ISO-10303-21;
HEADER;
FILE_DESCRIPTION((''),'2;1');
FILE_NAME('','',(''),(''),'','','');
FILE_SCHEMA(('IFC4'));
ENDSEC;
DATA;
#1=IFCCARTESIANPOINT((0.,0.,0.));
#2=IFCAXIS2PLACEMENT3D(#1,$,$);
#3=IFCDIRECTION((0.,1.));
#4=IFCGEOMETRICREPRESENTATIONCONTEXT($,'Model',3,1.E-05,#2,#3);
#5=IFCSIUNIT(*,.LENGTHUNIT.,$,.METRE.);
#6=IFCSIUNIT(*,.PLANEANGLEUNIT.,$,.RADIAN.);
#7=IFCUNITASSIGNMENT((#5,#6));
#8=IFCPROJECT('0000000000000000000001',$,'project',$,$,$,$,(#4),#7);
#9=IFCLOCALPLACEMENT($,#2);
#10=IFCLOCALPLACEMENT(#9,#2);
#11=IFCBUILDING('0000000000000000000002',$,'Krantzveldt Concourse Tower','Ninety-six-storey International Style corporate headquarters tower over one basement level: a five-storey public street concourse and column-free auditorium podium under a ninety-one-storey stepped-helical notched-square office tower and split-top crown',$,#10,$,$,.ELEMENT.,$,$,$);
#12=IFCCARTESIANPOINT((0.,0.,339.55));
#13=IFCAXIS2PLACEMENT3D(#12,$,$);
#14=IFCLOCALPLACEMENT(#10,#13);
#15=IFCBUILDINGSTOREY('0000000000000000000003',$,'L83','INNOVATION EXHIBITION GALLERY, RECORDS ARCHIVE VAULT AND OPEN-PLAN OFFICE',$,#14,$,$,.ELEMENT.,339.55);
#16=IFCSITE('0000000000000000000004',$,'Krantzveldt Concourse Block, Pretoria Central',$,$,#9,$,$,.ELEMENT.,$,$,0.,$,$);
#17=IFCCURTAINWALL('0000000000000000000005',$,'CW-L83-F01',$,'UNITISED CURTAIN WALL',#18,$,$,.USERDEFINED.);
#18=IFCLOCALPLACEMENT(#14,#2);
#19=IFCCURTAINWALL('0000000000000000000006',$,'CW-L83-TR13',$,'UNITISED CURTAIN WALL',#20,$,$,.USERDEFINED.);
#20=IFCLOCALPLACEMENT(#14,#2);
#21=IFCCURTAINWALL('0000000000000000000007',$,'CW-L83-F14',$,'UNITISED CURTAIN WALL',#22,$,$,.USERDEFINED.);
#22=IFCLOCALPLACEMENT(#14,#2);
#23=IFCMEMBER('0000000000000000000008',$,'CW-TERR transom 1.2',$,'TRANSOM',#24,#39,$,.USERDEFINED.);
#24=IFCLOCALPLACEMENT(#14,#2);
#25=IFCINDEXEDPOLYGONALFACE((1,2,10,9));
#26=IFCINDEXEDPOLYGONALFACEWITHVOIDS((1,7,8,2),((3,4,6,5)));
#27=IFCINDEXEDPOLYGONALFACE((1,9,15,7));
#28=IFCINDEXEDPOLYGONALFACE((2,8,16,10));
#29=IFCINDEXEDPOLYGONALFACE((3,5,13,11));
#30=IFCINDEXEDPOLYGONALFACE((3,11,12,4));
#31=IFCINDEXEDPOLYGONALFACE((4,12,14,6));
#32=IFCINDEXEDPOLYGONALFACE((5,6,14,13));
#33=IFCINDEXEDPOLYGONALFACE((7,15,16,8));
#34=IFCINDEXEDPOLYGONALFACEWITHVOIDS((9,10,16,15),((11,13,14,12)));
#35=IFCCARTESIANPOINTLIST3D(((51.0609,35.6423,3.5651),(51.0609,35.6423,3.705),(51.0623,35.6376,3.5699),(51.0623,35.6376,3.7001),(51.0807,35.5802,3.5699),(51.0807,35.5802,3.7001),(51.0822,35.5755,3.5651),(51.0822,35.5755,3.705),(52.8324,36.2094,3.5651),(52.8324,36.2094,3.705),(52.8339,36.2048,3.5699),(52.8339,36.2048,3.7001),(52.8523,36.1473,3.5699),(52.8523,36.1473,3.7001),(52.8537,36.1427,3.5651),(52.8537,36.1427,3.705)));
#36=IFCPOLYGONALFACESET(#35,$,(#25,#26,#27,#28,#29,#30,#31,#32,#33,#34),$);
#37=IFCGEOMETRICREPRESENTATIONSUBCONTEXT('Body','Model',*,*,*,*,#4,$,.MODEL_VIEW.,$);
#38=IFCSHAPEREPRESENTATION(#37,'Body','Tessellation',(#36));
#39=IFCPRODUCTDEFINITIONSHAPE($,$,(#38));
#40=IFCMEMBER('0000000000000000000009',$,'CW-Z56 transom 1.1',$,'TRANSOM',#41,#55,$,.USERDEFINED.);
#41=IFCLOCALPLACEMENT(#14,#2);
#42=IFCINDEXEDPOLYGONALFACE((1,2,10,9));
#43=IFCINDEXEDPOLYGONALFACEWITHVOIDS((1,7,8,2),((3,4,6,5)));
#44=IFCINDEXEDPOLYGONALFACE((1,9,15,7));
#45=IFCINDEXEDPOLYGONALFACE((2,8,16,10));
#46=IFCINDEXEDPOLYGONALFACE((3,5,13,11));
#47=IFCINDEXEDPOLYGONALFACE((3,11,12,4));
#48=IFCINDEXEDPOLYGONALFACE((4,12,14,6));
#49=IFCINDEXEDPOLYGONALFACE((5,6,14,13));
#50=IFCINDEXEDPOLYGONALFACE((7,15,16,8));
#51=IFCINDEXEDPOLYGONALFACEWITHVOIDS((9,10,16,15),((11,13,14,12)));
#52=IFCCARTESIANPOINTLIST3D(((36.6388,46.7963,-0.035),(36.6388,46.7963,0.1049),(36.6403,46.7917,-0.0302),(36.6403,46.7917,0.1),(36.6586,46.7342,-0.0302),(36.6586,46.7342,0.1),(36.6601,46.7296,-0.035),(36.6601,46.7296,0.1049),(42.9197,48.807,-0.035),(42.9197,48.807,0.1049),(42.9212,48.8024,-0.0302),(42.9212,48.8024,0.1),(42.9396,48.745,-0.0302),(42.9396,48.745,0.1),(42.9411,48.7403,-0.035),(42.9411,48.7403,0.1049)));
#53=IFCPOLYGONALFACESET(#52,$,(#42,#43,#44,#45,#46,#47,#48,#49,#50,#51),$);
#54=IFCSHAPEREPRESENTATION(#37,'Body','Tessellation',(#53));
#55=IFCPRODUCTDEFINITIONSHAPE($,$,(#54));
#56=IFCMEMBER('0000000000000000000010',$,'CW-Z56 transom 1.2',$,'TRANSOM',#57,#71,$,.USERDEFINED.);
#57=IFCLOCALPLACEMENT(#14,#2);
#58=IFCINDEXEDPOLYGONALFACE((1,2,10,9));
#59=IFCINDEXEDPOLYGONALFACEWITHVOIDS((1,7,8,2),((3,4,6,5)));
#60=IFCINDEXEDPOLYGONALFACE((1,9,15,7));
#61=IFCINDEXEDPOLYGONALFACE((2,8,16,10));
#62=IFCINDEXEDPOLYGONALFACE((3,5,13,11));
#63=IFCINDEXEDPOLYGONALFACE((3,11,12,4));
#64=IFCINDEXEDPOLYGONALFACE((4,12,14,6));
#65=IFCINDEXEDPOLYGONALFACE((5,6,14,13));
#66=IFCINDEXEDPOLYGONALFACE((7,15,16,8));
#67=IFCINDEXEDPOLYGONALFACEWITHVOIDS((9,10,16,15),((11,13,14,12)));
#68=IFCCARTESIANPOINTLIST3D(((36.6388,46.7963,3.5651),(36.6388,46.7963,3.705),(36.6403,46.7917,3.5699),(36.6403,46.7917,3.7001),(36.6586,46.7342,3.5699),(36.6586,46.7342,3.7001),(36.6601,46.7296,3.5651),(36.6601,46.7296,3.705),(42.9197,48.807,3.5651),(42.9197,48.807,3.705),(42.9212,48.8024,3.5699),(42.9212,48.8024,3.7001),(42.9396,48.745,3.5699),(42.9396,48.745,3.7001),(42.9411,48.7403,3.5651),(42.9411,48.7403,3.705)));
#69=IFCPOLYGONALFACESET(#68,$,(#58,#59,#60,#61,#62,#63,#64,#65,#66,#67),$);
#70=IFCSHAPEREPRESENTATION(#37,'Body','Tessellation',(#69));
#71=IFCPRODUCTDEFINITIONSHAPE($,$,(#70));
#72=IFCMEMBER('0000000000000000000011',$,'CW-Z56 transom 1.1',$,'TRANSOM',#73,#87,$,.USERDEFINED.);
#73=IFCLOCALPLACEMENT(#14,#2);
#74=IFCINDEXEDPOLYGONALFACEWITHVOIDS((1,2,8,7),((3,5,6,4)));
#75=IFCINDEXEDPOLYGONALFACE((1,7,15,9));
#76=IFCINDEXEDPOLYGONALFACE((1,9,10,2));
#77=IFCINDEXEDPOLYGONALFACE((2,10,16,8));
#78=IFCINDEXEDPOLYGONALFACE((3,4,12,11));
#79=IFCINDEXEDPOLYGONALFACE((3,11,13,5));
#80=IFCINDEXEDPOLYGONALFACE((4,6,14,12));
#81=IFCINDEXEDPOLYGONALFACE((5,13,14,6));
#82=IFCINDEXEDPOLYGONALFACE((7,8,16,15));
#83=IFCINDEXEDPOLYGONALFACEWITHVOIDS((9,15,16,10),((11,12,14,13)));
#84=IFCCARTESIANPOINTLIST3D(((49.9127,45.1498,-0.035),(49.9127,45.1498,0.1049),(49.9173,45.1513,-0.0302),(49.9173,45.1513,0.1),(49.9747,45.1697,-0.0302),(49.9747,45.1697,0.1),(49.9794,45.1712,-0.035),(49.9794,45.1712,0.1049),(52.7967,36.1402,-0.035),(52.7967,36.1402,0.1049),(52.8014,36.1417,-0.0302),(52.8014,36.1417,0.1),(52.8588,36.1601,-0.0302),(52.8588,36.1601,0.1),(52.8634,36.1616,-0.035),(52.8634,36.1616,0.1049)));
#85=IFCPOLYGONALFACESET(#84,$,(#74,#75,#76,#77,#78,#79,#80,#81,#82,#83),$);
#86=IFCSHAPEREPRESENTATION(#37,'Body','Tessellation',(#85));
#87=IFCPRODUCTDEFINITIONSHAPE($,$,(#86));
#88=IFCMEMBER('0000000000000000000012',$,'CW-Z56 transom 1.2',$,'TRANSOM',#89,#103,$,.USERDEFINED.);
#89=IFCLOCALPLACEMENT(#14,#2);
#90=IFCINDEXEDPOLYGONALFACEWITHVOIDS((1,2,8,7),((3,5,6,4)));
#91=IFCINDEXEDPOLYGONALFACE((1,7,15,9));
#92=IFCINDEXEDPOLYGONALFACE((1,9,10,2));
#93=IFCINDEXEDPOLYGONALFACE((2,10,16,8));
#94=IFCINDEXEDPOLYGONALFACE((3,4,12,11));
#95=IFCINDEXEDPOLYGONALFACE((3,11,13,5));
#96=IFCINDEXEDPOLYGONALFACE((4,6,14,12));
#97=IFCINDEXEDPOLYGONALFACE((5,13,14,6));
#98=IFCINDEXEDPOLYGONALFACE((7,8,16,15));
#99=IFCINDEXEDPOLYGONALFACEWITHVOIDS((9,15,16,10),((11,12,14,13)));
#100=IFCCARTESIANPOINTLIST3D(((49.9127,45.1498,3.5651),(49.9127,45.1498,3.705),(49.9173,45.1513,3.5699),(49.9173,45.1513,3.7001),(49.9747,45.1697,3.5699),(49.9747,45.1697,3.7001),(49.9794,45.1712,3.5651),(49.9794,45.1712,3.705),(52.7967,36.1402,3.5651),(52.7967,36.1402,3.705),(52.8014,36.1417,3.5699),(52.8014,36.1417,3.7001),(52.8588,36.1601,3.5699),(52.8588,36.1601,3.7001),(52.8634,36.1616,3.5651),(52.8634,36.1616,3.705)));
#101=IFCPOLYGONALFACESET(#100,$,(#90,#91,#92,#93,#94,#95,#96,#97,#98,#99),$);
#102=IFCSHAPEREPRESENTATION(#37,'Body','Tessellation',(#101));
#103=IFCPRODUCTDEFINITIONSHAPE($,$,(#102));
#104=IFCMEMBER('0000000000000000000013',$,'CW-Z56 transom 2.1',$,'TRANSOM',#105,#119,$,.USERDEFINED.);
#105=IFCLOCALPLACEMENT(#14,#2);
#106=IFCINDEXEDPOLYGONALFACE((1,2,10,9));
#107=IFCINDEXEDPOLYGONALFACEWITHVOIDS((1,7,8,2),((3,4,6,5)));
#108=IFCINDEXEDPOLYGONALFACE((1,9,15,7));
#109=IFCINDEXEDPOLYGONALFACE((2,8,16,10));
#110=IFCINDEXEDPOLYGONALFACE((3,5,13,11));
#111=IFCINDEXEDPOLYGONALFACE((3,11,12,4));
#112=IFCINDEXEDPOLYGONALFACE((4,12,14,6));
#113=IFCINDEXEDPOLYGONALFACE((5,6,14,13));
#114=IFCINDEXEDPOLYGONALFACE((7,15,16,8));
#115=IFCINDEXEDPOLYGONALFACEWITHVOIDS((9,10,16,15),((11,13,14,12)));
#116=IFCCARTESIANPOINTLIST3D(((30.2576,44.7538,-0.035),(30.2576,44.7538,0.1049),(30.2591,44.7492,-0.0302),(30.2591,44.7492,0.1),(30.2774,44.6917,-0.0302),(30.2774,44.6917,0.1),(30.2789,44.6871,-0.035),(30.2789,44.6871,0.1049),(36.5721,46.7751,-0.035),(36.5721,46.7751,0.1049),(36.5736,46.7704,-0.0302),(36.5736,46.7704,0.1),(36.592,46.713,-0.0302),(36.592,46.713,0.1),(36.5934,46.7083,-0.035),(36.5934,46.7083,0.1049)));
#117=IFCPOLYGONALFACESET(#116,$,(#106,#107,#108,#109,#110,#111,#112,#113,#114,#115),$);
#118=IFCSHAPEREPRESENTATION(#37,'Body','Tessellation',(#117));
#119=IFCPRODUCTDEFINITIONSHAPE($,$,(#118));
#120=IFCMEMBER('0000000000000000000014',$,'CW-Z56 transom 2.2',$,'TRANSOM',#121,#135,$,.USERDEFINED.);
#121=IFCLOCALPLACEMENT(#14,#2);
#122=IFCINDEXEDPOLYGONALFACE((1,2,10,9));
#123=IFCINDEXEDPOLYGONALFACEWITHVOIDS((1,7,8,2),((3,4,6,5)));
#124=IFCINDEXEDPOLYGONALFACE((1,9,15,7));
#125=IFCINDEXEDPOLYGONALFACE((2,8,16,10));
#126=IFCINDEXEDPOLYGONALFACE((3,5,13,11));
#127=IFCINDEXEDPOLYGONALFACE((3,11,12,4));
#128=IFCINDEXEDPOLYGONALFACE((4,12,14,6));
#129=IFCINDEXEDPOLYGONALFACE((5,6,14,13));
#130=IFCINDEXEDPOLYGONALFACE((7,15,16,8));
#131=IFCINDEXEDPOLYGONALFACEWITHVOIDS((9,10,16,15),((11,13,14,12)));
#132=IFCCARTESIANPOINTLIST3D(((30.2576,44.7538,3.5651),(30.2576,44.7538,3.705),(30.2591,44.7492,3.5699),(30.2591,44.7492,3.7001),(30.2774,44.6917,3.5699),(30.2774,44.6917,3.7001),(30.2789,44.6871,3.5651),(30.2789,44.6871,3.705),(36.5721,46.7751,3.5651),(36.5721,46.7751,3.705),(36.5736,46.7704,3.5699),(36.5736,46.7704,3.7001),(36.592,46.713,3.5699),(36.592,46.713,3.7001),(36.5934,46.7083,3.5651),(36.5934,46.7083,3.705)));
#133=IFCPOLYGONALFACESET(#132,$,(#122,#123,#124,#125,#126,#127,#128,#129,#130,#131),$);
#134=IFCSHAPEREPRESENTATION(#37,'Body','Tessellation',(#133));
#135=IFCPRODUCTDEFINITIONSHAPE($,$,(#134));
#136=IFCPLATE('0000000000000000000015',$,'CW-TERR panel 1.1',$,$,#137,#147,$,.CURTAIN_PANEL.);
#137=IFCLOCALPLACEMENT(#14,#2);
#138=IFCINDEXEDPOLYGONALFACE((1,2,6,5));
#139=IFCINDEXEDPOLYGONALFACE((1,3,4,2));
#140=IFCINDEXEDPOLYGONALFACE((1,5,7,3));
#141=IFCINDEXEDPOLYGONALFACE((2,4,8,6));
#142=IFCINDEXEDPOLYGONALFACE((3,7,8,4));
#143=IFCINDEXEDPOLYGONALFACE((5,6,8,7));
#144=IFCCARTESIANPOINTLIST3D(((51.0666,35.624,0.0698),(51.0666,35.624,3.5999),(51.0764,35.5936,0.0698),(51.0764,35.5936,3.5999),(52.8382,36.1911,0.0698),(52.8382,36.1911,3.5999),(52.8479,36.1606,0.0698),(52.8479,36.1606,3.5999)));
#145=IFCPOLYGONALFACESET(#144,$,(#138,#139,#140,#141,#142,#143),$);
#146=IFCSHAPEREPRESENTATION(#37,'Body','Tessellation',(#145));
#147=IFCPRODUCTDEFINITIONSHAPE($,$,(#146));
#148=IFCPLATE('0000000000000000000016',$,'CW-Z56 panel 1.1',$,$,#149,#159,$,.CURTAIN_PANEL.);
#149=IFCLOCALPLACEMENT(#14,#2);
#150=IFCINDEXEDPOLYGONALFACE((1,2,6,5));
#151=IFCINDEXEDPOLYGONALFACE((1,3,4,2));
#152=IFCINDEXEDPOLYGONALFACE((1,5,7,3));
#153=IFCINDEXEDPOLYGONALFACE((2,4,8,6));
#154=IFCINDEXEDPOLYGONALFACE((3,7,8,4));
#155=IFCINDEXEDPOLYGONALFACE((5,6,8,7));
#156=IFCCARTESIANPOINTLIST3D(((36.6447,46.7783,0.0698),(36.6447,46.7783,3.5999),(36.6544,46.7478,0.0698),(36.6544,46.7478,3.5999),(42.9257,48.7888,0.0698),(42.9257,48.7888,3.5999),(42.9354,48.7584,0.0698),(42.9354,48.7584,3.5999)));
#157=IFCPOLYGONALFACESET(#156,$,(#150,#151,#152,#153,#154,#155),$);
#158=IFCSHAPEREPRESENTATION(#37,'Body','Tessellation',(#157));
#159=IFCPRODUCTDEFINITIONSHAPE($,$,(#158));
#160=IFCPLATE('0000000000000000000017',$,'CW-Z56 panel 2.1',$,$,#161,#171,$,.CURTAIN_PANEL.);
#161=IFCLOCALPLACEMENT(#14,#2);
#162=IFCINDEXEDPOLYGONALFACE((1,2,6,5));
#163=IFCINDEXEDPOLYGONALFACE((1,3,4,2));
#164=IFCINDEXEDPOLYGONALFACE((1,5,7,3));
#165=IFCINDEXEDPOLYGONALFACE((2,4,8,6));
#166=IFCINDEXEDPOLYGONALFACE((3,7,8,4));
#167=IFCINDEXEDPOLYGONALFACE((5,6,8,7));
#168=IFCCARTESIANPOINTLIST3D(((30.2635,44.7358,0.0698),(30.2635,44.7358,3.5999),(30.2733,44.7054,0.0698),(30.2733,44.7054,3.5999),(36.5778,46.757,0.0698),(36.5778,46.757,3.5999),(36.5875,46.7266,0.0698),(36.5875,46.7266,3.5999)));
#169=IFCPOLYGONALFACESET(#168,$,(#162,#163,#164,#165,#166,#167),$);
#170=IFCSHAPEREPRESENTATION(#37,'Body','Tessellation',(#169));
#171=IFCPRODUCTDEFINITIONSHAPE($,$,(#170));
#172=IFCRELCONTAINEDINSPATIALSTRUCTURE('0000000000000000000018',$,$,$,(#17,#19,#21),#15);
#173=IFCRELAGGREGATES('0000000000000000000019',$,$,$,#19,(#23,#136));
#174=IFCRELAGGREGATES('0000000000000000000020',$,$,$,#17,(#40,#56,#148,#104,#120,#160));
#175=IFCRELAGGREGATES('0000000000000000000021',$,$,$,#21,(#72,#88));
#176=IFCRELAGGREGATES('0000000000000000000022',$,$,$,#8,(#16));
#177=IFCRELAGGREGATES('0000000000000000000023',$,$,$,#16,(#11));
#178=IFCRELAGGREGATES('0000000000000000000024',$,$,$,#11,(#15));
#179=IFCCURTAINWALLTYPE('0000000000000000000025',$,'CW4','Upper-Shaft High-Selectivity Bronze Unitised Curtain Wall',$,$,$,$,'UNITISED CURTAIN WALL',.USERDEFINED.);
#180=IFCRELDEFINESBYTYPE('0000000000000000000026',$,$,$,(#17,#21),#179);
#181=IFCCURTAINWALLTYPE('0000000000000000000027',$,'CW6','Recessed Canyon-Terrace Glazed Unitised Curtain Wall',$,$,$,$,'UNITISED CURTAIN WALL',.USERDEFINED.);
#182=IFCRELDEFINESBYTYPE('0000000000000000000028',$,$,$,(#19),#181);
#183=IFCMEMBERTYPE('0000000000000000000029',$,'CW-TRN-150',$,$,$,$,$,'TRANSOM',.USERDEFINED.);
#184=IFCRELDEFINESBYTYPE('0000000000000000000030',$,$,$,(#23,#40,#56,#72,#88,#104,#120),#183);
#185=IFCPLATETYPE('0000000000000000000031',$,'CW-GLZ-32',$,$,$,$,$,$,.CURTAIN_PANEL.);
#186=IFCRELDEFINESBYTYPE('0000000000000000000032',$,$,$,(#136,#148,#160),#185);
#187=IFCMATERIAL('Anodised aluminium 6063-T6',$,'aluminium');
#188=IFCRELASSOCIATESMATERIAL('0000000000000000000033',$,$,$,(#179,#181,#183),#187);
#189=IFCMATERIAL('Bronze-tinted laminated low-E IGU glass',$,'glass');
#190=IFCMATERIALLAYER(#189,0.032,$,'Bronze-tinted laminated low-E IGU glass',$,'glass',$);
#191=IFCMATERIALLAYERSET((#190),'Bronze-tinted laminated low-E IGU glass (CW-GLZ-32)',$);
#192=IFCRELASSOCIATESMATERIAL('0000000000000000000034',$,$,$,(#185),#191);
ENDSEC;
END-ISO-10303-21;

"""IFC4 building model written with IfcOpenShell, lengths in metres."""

from ifc_helpers import new_model, si_unit, direction, frame, origin, origin_2d, place, context, subcontext, project, spatial, rectangle, hollow_rectangle, extrude, source, transform, mapped, material, layer, layer_set, material_profile, profile_set, type_object, type_shapes, element, aggregate, save


model = new_model("IFC4")

# Units and contexts
model_context = context("Model", 3, precision=1e-05, world=origin(), true_north=direction((0.0, 1.0)))
body_context = subcontext(model_context, "Body", "Model", "MODEL_VIEW")
ifc_project = project(units=[si_unit("LENGTHUNIT", "METRE"), si_unit("PLANEANGLEUNIT", "RADIAN")], contexts=[model_context])

# Site, building, storey
site_placement = place(None, origin())
site = spatial("IfcSite", under=ifc_project, at=site_placement, Name="Krantzveldt Concourse Block, Pretoria Central", CompositionType="ELEMENT", RefElevation=0.0)
building_placement = place(site_placement, origin())
building = spatial("IfcBuilding", under=site, at=building_placement, Name="Krantzveldt Concourse Tower", Description="Ninety-six-storey International Style corporate headquarters tower over one basement level: a five-storey public street concourse and column-free auditorium podium under a ninety-one-storey stepped-helical notched-square office tower and split-top crown", CompositionType="ELEMENT")
storey_placement = place(building_placement, frame((0.0, 0.0, 339.55)))
storey = spatial("IfcBuildingStorey", under=building, at=storey_placement, Name="L83", Description="INNOVATION EXHIBITION GALLERY, RECORDS ARCHIVE VAULT AND OPEN-PLAN OFFICE", CompositionType="ELEMENT", Elevation=339.55)

# Curtain wall
ifc_material_1 = material(Name="Anodised aluminium 6063-T6", Category="aluminium")
curtain_wall_type_1 = type_object("IfcCurtainWallType", Name="CW4", Description="Upper-Shaft High-Selectivity Bronze Unitised Curtain Wall", ElementType="UNITISED CURTAIN WALL", PredefinedType="USERDEFINED", material=ifc_material_1)
curtain_wall_1_placement = place(storey_placement, origin())
curtain_wall_1 = element("IfcCurtainWall", 1, at=curtain_wall_1_placement, inside=storey, type_object=curtain_wall_type_1, Name="CW-L83-F01", ObjectType="UNITISED CURTAIN WALL", PredefinedType="USERDEFINED")

# Curtain wall
curtain_wall_type_2 = type_object("IfcCurtainWallType", Name="CW6", Description="Recessed Canyon-Terrace Glazed Unitised Curtain Wall", ElementType="UNITISED CURTAIN WALL", PredefinedType="USERDEFINED", material=ifc_material_1)
curtain_wall_2_placement = place(storey_placement, origin())
curtain_wall_2 = element("IfcCurtainWall", 2, at=curtain_wall_2_placement, inside=storey, type_object=curtain_wall_type_2, Name="CW-L83-TR13", ObjectType="UNITISED CURTAIN WALL", PredefinedType="USERDEFINED")

# Curtain wall
curtain_wall_3_placement = place(storey_placement, origin())
curtain_wall_3 = element("IfcCurtainWall", 3, at=curtain_wall_3_placement, inside=storey, type_object=curtain_wall_type_1, Name="CW-L83-F14", ObjectType="UNITISED CURTAIN WALL", PredefinedType="USERDEFINED")

# Members
ifc_material_profile_1 = material_profile(ifc_material_1, hollow_rectangle(XDim=0.0701, YDim=0.1399, WallThickness=0.0049, at=origin_2d()), Name="Anodised aluminium 6063-T6", Category="aluminium")
ifc_profile_set_1 = profile_set([ifc_material_profile_1], Name="Anodised aluminium 6063-T6 - ALU-TRAN 140x70x5")
member_type_1 = type_object("IfcMemberType", Name="CW-TRN-150", ElementType="TRANSOM", PredefinedType="USERDEFINED", material=ifc_profile_set_1)
shared_shape_1 = source(origin(), body_context, "Body", "SweptSolid", [
    extrude(hollow_rectangle(XDim=0.0701, YDim=0.1399, WallThickness=0.0049, at=origin_2d()), origin(), (0.0, 0.0, 1.0), 1.8601),
])
member_1_placement = place(storey_placement, frame((51.0715, 35.6089, 3.635), z_axis=(0.952383, 0.304904, 0.0), x_axis=(-0.304904, 0.952383, 0.0)))
member_1 = element("IfcMember", 4, at=member_1_placement, type_object=member_type_1, Name="CW-TERR transom 1.2", ObjectType="TRANSOM", PredefinedType="USERDEFINED", context=body_context, shape_type="MappedRepresentation", body=[
    mapped(shared_shape_1, transform((0.0, 0.0, 0.0), x_axis=(1.0, 0.0, 0.0), y_axis=(0.0, 1.0, 0.0), z_axis=(0.0, 0.0, 1.0), scale=1.0)),
])
shared_shape_2 = source(origin(), body_context, "Body", "SweptSolid", [
    extrude(hollow_rectangle(XDim=0.0701, YDim=0.1399, WallThickness=0.0049, at=origin_2d()), origin(), (0.0, 0.0, 1.0), 6.595),
])
member_2_placement = place(storey_placement, frame((42.9304, 48.7737, 0.0349), z_axis=(-0.952388, -0.304889, 0.0), x_axis=(0.304889, -0.952388, 0.0)))
member_2 = element("IfcMember", 5, at=member_2_placement, type_object=member_type_1, Name="CW-Z56 transom 1.1", ObjectType="TRANSOM", PredefinedType="USERDEFINED", context=body_context, shape_type="MappedRepresentation", body=[
    mapped(shared_shape_2, transform((0.0, 0.0, 0.0), x_axis=(1.0, 0.0, 0.0), y_axis=(0.0, 1.0, 0.0), z_axis=(0.0, 0.0, 1.0), scale=1.0)),
])
member_3_placement = place(storey_placement, frame((42.9304, 48.7737, 3.635), z_axis=(-0.952388, -0.304889, 0.0), x_axis=(0.304889, -0.952388, 0.0)))
member_3 = element("IfcMember", 6, at=member_3_placement, type_object=member_type_1, Name="CW-Z56 transom 1.2", ObjectType="TRANSOM", PredefinedType="USERDEFINED", context=body_context, shape_type="MappedRepresentation", body=[
    mapped(shared_shape_2, transform((0.0, 0.0, 0.0), x_axis=(1.0, 0.0, 0.0), y_axis=(0.0, 1.0, 0.0), z_axis=(0.0, 0.0, 1.0), scale=1.0)),
])
shared_shape_3 = source(origin(), body_context, "Body", "SweptSolid", [
    extrude(hollow_rectangle(XDim=0.0701, YDim=0.1399, WallThickness=0.0049, at=origin_2d()), origin(), (0.0, 0.0, 1.0), 9.46),
])
member_4_placement = place(storey_placement, frame((52.8301, 36.1509, 0.0349), z_axis=(-0.30487, 0.952394, 0.0), x_axis=(-0.952394, -0.30487, 0.0)))
member_4 = element("IfcMember", 7, at=member_4_placement, type_object=member_type_1, Name="CW-Z56 transom 1.1", ObjectType="TRANSOM", PredefinedType="USERDEFINED", context=body_context, shape_type="MappedRepresentation", body=[
    mapped(shared_shape_3, transform((0.0, 0.0, 0.0), x_axis=(1.0, 0.0, 0.0), y_axis=(0.0, 1.0, 0.0), z_axis=(0.0, 0.0, 1.0), scale=1.0)),
])
member_5_placement = place(storey_placement, frame((52.8301, 36.1509, 3.635), z_axis=(-0.30487, 0.952394, 0.0), x_axis=(-0.952394, -0.30487, 0.0)))
member_5 = element("IfcMember", 8, at=member_5_placement, type_object=member_type_1, Name="CW-Z56 transom 1.2", ObjectType="TRANSOM", PredefinedType="USERDEFINED", context=body_context, shape_type="MappedRepresentation", body=[
    mapped(shared_shape_3, transform((0.0, 0.0, 0.0), x_axis=(1.0, 0.0, 0.0), y_axis=(0.0, 1.0, 0.0), z_axis=(0.0, 0.0, 1.0), scale=1.0)),
])
shared_shape_4 = source(origin(), body_context, "Body", "SweptSolid", [
    extrude(hollow_rectangle(XDim=0.0701, YDim=0.1399, WallThickness=0.0049, at=origin_2d()), origin(), (0.0, 0.0, 1.0), 6.6301),
])
type_shapes(member_type_1, [shared_shape_1, shared_shape_2, shared_shape_3, shared_shape_4])
member_6_placement = place(storey_placement, frame((36.5828, 46.7417, 0.0349), z_axis=(-0.952397, -0.30486, 0.0), x_axis=(0.30486, -0.952397, 0.0)))
member_6 = element("IfcMember", 9, at=member_6_placement, type_object=member_type_1, Name="CW-Z56 transom 2.1", ObjectType="TRANSOM", PredefinedType="USERDEFINED", context=body_context, shape_type="MappedRepresentation", body=[
    mapped(shared_shape_4, transform((0.0, 0.0, 0.0), x_axis=(1.0, 0.0, 0.0), y_axis=(0.0, 1.0, 0.0), z_axis=(0.0, 0.0, 1.0), scale=1.0)),
])
member_7_placement = place(storey_placement, frame((36.5828, 46.7417, 3.635), z_axis=(-0.952397, -0.30486, 0.0), x_axis=(0.30486, -0.952397, 0.0)))
member_7 = element("IfcMember", 10, at=member_7_placement, type_object=member_type_1, Name="CW-Z56 transom 2.2", ObjectType="TRANSOM", PredefinedType="USERDEFINED", context=body_context, shape_type="MappedRepresentation", body=[
    mapped(shared_shape_4, transform((0.0, 0.0, 0.0), x_axis=(1.0, 0.0, 0.0), y_axis=(0.0, 1.0, 0.0), z_axis=(0.0, 0.0, 1.0), scale=1.0)),
])

# Plates
ifc_material_2 = material(Name="Bronze-tinted laminated low-E IGU glass", Category="glass")
ifc_layer_1 = layer(ifc_material_2, 0.032, Name="Bronze-tinted laminated low-E IGU glass", Category="glass")
ifc_layer_set_1 = layer_set([ifc_layer_1], Name="Bronze-tinted laminated low-E IGU glass (CW-GLZ-32)")
plate_type = type_object("IfcPlateType", Name="CW-GLZ-32", PredefinedType="CURTAIN_PANEL", material=ifc_layer_set_1)
shared_shape_5 = source(origin(), body_context, "Body", "SweptSolid", [
    extrude(rectangle(XDim=1.8601, YDim=0.032, at=origin_2d()), origin(), (0.0, 0.0, 1.0), 3.53),
])
plate_1_placement = place(storey_placement, frame((51.9573, 35.8923, 0.0698), z_axis=(0.0, 0.0, 1.0), x_axis=(0.952396, 0.304864, 0.0)))
plate_1 = element("IfcPlate", 11, at=plate_1_placement, type_object=plate_type, Name="CW-TERR panel 1.1", PredefinedType="CURTAIN_PANEL", context=body_context, shape_type="MappedRepresentation", body=[
    mapped(shared_shape_5, transform((0.0, 0.0, 0.0), x_axis=(1.0, 0.0, 0.0), y_axis=(0.0, 1.0, 0.0), z_axis=(0.0, 0.0, 1.0), scale=1.0)),
])
aggregate(curtain_wall_2, [member_1, plate_1])
shared_shape_6 = source(origin(), body_context, "Body", "SweptSolid", [
    extrude(rectangle(XDim=6.595, YDim=0.032, at=origin_2d()), origin(), (0.0, 0.0, 1.0), 3.53),
])
plate_2_placement = place(storey_placement, frame((39.79, 47.7683, 0.0698), z_axis=(0.0, 0.0, 1.0), x_axis=(-0.952396, -0.304864, 0.0)))
plate_2 = element("IfcPlate", 12, at=plate_2_placement, type_object=plate_type, Name="CW-Z56 panel 1.1", PredefinedType="CURTAIN_PANEL", context=body_context, shape_type="MappedRepresentation", body=[
    mapped(shared_shape_6, transform((0.0, 0.0, 0.0), x_axis=(1.0, 0.0, 0.0), y_axis=(0.0, 1.0, 0.0), z_axis=(0.0, 0.0, 1.0), scale=1.0)),
])
shared_shape_7 = source(origin(), body_context, "Body", "SweptSolid", [
    extrude(rectangle(XDim=6.6299, YDim=0.032, at=origin_2d()), origin(), (0.0, 0.0, 1.0), 3.53),
])
plate_3_placement = place(storey_placement, frame((33.4255, 45.7312, 0.0698), z_axis=(0.0, 0.0, 1.0), x_axis=(-0.952396, -0.304864, 0.0)))
plate_3 = element("IfcPlate", 13, at=plate_3_placement, type_object=plate_type, Name="CW-Z56 panel 2.1", PredefinedType="CURTAIN_PANEL", context=body_context, shape_type="MappedRepresentation", body=[
    mapped(shared_shape_7, transform((0.0, 0.0, 0.0), x_axis=(1.0, 0.0, 0.0), y_axis=(0.0, 1.0, 0.0), z_axis=(0.0, 0.0, 1.0), scale=1.0)),
])
aggregate(curtain_wall_1, [member_2, member_3, plate_2, member_6, member_7, plate_3])
aggregate(curtain_wall_3, [member_4, member_5])

save(model, "model.ifc")
